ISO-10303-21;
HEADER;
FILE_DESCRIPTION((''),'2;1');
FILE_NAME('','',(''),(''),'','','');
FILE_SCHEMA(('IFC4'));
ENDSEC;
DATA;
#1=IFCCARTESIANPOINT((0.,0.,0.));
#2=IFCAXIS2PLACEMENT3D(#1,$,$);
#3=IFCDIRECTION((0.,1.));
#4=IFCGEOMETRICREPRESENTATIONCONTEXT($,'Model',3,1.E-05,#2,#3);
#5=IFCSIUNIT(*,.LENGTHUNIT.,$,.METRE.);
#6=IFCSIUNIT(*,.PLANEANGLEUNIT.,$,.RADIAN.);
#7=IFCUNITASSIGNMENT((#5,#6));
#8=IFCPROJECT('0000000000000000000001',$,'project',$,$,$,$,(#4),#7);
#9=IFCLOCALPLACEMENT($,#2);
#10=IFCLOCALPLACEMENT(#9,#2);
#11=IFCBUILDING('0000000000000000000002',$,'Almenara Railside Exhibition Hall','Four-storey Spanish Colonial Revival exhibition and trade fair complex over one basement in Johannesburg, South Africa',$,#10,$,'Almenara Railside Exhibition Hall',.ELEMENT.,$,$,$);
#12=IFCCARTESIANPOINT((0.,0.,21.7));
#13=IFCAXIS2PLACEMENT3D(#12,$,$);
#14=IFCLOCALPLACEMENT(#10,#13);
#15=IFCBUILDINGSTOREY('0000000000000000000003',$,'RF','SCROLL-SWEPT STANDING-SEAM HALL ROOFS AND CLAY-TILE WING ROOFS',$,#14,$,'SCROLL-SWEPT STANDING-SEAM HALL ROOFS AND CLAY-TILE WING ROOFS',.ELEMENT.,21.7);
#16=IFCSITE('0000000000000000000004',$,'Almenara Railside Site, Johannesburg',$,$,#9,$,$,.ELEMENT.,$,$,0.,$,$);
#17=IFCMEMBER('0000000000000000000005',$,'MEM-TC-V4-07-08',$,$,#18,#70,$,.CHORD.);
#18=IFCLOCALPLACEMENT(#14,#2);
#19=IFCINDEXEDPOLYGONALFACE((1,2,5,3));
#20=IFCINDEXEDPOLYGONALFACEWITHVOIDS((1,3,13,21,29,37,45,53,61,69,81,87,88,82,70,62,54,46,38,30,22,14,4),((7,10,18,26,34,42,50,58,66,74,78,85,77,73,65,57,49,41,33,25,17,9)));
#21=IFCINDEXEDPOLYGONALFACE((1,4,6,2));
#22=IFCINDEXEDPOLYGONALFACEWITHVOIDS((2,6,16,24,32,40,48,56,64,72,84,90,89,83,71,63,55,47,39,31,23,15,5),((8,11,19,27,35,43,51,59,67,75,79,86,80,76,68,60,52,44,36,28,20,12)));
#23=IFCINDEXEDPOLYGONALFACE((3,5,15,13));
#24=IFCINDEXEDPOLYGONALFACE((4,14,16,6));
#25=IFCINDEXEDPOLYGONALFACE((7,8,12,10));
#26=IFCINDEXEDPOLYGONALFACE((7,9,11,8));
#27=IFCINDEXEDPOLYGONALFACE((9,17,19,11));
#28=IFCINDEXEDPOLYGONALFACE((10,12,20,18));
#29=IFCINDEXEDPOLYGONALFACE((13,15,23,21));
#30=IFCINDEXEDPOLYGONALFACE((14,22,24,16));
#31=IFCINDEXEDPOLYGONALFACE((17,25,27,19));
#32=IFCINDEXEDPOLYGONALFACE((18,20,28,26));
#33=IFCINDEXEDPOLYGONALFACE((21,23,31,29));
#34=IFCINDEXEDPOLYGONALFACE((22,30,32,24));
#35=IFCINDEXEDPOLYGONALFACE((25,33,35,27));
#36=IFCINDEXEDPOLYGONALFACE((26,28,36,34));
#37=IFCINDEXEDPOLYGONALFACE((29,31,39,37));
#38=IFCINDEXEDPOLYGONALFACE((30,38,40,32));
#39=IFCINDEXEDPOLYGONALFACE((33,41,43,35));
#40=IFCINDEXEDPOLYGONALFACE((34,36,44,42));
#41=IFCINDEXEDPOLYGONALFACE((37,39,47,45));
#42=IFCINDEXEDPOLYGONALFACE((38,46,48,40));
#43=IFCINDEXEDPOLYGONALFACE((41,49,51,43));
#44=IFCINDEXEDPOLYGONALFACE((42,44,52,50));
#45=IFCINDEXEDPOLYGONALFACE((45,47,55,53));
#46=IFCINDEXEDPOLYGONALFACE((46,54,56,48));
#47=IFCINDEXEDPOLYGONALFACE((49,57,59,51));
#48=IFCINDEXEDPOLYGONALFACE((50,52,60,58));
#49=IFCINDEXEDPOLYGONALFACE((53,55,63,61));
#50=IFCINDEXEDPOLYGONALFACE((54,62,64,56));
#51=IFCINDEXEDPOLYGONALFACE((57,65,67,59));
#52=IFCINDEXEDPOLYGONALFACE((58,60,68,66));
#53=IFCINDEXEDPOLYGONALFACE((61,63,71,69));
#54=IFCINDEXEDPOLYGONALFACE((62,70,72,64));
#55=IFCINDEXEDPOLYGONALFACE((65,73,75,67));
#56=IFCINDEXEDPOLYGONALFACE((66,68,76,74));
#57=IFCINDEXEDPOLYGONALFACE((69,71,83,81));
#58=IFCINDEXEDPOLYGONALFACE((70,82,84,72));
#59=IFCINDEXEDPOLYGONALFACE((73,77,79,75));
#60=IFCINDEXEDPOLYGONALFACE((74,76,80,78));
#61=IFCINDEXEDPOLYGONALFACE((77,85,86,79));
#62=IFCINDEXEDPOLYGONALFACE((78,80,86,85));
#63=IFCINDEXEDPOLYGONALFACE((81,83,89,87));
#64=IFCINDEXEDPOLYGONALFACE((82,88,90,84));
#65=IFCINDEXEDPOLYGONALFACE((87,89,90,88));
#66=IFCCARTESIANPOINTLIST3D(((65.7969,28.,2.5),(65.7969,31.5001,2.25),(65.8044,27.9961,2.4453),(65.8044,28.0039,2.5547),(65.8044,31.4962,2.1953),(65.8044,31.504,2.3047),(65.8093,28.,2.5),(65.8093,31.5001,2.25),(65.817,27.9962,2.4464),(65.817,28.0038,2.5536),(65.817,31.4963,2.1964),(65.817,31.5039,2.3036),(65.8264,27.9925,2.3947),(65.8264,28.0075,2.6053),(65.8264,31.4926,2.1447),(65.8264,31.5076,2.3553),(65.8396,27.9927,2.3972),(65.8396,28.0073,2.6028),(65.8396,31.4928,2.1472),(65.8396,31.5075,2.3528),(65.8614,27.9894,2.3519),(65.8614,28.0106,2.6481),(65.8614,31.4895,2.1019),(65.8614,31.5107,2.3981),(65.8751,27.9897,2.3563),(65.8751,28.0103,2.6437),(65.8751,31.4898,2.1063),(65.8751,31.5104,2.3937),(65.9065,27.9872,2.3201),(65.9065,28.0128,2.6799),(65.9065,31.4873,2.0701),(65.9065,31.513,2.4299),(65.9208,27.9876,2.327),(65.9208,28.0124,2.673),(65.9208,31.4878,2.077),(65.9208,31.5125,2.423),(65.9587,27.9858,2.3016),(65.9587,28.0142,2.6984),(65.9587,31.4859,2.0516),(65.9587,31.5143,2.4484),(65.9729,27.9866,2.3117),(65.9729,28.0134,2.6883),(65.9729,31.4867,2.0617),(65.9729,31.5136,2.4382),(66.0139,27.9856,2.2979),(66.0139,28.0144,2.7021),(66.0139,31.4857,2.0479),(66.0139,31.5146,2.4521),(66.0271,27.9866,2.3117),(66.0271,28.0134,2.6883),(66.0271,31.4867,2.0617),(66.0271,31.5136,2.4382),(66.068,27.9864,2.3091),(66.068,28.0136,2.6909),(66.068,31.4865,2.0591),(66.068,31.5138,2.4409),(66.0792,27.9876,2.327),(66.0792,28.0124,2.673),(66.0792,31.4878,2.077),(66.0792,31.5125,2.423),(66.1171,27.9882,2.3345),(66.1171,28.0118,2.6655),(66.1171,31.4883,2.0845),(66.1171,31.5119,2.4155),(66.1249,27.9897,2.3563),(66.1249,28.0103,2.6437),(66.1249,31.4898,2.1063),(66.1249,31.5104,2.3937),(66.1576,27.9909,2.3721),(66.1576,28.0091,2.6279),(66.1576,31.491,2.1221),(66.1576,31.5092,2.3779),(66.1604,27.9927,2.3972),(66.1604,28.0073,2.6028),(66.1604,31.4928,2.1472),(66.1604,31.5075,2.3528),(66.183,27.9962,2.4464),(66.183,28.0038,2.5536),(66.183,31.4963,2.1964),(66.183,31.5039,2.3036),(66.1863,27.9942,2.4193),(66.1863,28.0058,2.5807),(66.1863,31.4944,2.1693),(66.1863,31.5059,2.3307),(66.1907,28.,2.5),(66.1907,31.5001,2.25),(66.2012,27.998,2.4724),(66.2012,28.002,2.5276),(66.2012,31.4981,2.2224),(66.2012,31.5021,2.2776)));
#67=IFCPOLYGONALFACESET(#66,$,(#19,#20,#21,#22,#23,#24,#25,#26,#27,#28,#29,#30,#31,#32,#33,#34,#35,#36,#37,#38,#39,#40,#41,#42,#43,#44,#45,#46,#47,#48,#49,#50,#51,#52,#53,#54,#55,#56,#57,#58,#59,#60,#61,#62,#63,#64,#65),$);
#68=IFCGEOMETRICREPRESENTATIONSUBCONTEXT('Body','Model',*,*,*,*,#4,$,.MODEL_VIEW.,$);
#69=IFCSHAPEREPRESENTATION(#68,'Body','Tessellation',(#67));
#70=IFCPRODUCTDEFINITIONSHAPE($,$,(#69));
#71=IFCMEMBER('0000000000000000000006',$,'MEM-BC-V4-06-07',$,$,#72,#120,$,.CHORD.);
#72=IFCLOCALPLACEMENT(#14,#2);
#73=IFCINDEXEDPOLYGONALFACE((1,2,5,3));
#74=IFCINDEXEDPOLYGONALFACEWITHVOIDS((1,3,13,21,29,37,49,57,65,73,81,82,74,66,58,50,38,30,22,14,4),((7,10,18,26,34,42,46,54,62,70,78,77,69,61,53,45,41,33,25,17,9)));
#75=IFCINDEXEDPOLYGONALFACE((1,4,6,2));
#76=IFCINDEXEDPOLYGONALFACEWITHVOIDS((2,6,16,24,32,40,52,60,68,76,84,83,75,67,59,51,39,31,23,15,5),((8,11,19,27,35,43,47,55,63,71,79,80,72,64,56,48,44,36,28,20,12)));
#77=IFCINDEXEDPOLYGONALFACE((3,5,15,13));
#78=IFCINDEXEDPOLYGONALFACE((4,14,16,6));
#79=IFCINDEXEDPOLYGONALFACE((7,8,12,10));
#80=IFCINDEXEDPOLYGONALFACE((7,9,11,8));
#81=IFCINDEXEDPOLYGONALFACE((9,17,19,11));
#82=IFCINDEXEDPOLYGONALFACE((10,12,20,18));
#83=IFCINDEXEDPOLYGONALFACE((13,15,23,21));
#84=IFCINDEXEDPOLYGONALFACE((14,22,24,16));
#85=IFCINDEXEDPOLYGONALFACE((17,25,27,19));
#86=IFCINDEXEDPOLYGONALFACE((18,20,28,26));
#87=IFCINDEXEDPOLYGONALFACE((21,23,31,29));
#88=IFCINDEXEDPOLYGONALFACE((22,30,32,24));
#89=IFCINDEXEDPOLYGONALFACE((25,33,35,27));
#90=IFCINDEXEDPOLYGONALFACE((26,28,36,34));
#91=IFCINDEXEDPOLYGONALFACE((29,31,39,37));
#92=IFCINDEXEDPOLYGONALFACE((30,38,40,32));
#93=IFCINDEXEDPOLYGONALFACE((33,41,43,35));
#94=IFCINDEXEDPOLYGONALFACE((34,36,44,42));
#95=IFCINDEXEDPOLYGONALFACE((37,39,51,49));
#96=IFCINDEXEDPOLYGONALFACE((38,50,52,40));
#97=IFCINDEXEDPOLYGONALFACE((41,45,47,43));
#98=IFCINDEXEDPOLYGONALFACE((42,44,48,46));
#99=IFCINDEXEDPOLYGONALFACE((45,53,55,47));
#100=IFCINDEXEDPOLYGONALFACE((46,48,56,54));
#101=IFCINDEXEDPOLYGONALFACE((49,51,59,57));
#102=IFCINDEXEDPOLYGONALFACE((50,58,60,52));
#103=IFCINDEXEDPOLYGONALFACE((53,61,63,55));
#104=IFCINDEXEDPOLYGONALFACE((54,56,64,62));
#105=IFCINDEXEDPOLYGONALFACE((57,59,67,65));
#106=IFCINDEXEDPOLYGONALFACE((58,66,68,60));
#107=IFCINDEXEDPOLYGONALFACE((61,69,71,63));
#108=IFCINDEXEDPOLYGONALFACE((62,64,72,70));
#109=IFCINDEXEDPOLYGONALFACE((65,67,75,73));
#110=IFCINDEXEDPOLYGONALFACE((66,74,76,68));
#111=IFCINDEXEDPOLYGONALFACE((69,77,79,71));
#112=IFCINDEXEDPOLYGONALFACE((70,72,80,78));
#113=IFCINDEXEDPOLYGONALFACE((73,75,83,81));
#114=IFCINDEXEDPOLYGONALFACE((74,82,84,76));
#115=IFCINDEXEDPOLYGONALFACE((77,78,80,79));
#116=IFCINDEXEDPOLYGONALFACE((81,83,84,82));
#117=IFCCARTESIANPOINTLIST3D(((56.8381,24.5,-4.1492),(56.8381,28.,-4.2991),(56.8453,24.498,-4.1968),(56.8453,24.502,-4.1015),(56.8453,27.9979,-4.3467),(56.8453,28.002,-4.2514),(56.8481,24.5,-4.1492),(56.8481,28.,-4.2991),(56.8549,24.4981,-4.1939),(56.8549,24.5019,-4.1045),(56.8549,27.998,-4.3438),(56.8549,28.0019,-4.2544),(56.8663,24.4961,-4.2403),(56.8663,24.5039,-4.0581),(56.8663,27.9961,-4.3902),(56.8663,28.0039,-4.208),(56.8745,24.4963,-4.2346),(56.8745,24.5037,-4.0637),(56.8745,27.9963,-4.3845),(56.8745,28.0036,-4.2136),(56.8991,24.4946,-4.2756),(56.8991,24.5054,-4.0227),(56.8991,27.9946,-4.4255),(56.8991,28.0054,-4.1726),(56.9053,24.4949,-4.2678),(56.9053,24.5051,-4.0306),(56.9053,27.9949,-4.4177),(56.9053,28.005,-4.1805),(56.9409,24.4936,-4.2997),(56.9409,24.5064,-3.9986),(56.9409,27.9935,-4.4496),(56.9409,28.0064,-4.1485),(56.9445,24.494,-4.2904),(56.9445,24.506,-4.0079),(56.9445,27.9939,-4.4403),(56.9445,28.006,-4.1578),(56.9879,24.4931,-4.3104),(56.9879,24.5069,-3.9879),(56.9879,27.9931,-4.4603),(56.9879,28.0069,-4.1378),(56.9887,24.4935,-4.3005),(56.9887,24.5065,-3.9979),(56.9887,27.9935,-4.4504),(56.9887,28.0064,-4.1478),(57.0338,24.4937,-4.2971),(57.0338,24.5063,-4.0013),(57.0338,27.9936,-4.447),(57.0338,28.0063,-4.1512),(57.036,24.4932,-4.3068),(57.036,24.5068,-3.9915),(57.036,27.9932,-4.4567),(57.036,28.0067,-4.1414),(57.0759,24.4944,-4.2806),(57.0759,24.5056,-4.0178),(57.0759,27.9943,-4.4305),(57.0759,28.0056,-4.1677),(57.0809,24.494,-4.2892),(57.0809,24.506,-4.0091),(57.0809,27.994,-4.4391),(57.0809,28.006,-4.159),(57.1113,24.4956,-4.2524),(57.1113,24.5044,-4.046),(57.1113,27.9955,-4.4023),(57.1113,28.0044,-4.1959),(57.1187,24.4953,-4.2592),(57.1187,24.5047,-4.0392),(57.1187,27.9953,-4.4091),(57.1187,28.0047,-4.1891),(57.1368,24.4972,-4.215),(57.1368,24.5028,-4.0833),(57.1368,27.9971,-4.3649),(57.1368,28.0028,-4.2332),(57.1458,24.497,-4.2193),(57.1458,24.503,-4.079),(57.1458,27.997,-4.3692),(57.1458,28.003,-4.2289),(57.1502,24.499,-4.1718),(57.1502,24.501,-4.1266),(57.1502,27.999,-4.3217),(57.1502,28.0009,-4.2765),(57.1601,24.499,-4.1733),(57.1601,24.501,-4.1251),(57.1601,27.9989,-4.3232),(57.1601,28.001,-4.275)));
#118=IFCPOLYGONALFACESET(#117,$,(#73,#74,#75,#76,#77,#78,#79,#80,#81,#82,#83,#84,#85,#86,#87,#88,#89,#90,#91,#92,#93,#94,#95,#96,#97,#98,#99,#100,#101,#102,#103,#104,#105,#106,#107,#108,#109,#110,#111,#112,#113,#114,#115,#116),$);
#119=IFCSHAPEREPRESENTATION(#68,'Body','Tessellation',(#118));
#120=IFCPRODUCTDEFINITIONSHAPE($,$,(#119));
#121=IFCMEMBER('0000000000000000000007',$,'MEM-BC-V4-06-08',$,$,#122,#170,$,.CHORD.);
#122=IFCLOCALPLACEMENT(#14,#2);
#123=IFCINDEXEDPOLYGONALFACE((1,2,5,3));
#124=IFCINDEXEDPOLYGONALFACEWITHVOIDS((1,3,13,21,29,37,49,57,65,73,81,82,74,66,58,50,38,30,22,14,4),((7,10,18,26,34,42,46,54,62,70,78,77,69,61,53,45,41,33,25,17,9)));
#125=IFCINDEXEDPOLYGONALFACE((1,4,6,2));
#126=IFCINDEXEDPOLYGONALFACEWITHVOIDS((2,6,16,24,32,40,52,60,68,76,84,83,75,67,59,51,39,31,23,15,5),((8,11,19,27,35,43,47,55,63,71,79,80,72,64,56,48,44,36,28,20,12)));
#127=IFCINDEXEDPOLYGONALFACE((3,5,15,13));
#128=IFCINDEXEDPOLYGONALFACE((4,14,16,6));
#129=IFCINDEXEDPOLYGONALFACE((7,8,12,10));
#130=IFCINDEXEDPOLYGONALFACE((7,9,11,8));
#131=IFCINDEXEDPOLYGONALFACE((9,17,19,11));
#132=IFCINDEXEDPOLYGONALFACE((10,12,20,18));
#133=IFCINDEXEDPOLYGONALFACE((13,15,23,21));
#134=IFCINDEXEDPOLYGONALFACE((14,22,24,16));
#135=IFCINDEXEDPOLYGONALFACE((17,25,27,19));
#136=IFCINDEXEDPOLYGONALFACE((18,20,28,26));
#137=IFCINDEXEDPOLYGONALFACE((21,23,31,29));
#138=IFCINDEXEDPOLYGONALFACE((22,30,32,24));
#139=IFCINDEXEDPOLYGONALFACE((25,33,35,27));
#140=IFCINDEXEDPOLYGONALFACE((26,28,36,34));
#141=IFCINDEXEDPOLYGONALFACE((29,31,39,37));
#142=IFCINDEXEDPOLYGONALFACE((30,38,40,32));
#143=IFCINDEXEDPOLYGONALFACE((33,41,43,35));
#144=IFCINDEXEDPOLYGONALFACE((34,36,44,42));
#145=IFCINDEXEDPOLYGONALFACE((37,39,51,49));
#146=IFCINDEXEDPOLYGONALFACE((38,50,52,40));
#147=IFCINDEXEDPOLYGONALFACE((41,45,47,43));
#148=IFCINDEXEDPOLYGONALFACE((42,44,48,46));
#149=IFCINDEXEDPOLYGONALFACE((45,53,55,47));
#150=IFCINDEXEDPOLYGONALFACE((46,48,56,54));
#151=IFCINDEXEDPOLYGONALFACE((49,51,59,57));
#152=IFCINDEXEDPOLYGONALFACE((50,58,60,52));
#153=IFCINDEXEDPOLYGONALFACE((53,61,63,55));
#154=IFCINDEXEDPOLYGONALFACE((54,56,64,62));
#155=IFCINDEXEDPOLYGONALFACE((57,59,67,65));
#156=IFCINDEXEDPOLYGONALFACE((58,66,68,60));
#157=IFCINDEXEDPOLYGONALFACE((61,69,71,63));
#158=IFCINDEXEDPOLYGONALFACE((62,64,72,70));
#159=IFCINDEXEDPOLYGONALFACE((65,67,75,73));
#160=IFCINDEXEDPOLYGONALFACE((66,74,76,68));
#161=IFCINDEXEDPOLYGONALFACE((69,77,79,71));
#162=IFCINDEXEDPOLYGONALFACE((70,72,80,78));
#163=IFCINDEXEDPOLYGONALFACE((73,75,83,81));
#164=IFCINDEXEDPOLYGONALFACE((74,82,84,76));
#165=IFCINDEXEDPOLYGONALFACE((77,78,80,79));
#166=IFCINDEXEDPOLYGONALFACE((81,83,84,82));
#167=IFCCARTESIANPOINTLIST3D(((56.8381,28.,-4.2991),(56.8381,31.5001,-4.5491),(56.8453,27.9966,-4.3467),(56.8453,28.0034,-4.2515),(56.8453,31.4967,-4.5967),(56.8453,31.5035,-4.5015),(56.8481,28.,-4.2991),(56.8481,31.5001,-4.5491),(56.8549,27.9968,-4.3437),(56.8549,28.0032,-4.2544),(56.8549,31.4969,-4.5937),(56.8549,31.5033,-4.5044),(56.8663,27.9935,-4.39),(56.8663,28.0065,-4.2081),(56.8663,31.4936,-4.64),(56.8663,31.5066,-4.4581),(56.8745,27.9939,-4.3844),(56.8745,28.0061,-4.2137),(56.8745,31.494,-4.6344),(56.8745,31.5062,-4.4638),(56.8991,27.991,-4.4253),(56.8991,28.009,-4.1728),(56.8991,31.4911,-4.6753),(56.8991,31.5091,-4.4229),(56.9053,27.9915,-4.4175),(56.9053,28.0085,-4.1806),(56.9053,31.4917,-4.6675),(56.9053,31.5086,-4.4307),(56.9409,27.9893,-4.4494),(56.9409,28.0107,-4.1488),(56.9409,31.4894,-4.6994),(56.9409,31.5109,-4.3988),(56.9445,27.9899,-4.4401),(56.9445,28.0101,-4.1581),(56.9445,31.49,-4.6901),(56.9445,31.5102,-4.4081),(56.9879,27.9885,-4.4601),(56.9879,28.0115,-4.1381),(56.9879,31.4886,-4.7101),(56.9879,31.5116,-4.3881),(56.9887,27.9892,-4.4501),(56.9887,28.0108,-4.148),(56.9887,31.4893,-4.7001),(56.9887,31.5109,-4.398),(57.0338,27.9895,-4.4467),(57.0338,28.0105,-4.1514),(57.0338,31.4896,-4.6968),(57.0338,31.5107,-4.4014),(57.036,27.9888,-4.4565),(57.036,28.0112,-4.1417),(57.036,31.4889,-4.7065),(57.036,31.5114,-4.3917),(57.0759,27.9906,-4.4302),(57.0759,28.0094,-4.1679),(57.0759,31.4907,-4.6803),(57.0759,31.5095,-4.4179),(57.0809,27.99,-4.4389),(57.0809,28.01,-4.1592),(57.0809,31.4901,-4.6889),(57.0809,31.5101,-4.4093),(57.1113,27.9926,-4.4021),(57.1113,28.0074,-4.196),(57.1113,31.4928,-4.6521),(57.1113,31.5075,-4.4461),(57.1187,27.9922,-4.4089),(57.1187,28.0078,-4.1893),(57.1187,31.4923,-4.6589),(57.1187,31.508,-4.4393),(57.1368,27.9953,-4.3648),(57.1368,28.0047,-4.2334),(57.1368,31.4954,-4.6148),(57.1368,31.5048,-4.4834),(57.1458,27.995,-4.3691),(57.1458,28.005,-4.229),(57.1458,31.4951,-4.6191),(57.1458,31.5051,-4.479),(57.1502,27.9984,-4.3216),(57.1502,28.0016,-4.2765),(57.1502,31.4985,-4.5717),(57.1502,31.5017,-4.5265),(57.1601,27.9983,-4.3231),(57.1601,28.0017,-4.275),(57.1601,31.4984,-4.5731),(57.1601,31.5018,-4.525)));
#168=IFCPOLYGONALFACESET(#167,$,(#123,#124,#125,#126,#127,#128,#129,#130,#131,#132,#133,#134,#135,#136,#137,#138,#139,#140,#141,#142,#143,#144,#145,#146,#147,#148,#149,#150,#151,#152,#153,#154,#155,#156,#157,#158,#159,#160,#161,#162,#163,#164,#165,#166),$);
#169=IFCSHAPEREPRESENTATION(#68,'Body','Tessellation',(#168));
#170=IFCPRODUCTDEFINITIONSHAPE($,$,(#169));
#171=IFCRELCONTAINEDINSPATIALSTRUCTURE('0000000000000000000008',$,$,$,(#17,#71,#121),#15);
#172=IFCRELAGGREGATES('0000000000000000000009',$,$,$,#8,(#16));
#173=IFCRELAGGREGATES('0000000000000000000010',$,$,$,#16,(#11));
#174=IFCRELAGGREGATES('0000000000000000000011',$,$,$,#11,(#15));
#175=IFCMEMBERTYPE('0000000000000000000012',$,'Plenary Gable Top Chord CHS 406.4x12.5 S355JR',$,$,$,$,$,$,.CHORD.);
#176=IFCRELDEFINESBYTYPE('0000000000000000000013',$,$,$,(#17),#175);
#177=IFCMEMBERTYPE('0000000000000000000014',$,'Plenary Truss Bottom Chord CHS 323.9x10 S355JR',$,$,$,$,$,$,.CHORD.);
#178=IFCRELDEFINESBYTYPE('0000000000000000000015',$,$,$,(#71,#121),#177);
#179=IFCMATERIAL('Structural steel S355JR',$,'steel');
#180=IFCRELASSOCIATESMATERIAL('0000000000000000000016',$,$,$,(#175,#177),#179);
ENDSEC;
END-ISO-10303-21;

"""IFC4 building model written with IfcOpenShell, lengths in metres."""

from ifc_helpers import new_model, si_unit, direction, frame, origin, origin_2d, place, context, subcontext, project, spatial, hollow_circle, extrude, material, material_profile, profile_set, type_object, element, save


model = new_model("IFC4")

# Units and contexts
model_context = context("Model", 3, precision=1e-05, world=origin(), true_north=direction((0.0, 1.0)))
body_context = subcontext(model_context, "Body", "Model", "MODEL_VIEW")
ifc_project = project(units=[si_unit("LENGTHUNIT", "METRE"), si_unit("PLANEANGLEUNIT", "RADIAN")], contexts=[model_context])

# Site, building, storey
site_placement = place(None, origin())
site = spatial("IfcSite", under=ifc_project, at=site_placement, Name="Almenara Railside Site, Johannesburg", CompositionType="ELEMENT", RefElevation=0.0)
building_placement = place(site_placement, origin())
building = spatial("IfcBuilding", under=site, at=building_placement, Name="Almenara Railside Exhibition Hall", Description="Four-storey Spanish Colonial Revival exhibition and trade fair complex over one basement in Johannesburg, South Africa", LongName="Almenara Railside Exhibition Hall", CompositionType="ELEMENT")
storey_placement = place(building_placement, frame((0.0, 0.0, 21.7)))
storey = spatial("IfcBuildingStorey", under=building, at=storey_placement, Name="RF", Description="SCROLL-SWEPT STANDING-SEAM HALL ROOFS AND CLAY-TILE WING ROOFS", LongName="SCROLL-SWEPT STANDING-SEAM HALL ROOFS AND CLAY-TILE WING ROOFS", CompositionType="ELEMENT", Elevation=21.7)

# Members
ifc_material_1 = material(Name="Structural steel S355JR", Category="steel")
ifc_material_profile_1 = material_profile(ifc_material_1, hollow_circle(Radius=0.2031, WallThickness=0.0125, at=origin_2d()), Name="CHS 406.4x12.5")
ifc_profile_set_1 = profile_set([ifc_material_profile_1], Name="Structural steel S355JR")
member_type_1 = type_object("IfcMemberType", Name="Plenary Gable Top Chord CHS 406.4x12.5 S355JR", PredefinedType="CHORD", material=ifc_profile_set_1)
member_1_placement = place(storey_placement, frame((66.0, 28.0, 2.5), z_axis=(0.0, 0.997459, -0.071247), x_axis=(-1.0, 0.0, 0.0)))
element("IfcMember", 1, at=member_1_placement, inside=storey, type_object=member_type_1, Name="MEM-TC-V4-07-08", PredefinedType="CHORD", context=body_context, shape_type="SweptSolid", body=[
    extrude(hollow_circle(Radius=0.2031, WallThickness=0.0125, at=origin_2d()), origin(), (0.0, 0.0, 1.0), 3.509),
])
ifc_material_profile_2 = material_profile(ifc_material_1, hollow_circle(Radius=0.1619, WallThickness=0.01, at=origin_2d()), Name="CHS 323.9x10")
ifc_profile_set_2 = profile_set([ifc_material_profile_2], Name="Structural steel S355JR")
member_type_2 = type_object("IfcMemberType", Name="Plenary Truss Bottom Chord CHS 323.9x10 S355JR", PredefinedType="CHORD", material=ifc_profile_set_2)
member_2_placement = place(storey_placement, frame((57.0, 24.5, -4.1492), z_axis=(0.0, 0.999084, -0.04279), x_axis=(-1.0, 0.0, 0.0)))
element("IfcMember", 2, at=member_2_placement, inside=storey, type_object=member_type_2, Name="MEM-BC-V4-06-07", PredefinedType="CHORD", context=body_context, shape_type="SweptSolid", body=[
    extrude(hollow_circle(Radius=0.1619, WallThickness=0.01, at=origin_2d()), origin(), (0.0, 0.0, 1.0), 3.5032),
])
member_3_placement = place(storey_placement, frame((57.0, 28.0, -4.2991), z_axis=(0.0, 0.997459, -0.071247), x_axis=(-1.0, 0.0, 0.0)))
element("IfcMember", 3, at=member_3_placement, inside=storey, type_object=member_type_2, Name="MEM-BC-V4-06-08", PredefinedType="CHORD", context=body_context, shape_type="SweptSolid", body=[
    extrude(hollow_circle(Radius=0.1619, WallThickness=0.01, at=origin_2d()), origin(), (0.0, 0.0, 1.0), 3.509),
])

save(model, "model.ifc")
